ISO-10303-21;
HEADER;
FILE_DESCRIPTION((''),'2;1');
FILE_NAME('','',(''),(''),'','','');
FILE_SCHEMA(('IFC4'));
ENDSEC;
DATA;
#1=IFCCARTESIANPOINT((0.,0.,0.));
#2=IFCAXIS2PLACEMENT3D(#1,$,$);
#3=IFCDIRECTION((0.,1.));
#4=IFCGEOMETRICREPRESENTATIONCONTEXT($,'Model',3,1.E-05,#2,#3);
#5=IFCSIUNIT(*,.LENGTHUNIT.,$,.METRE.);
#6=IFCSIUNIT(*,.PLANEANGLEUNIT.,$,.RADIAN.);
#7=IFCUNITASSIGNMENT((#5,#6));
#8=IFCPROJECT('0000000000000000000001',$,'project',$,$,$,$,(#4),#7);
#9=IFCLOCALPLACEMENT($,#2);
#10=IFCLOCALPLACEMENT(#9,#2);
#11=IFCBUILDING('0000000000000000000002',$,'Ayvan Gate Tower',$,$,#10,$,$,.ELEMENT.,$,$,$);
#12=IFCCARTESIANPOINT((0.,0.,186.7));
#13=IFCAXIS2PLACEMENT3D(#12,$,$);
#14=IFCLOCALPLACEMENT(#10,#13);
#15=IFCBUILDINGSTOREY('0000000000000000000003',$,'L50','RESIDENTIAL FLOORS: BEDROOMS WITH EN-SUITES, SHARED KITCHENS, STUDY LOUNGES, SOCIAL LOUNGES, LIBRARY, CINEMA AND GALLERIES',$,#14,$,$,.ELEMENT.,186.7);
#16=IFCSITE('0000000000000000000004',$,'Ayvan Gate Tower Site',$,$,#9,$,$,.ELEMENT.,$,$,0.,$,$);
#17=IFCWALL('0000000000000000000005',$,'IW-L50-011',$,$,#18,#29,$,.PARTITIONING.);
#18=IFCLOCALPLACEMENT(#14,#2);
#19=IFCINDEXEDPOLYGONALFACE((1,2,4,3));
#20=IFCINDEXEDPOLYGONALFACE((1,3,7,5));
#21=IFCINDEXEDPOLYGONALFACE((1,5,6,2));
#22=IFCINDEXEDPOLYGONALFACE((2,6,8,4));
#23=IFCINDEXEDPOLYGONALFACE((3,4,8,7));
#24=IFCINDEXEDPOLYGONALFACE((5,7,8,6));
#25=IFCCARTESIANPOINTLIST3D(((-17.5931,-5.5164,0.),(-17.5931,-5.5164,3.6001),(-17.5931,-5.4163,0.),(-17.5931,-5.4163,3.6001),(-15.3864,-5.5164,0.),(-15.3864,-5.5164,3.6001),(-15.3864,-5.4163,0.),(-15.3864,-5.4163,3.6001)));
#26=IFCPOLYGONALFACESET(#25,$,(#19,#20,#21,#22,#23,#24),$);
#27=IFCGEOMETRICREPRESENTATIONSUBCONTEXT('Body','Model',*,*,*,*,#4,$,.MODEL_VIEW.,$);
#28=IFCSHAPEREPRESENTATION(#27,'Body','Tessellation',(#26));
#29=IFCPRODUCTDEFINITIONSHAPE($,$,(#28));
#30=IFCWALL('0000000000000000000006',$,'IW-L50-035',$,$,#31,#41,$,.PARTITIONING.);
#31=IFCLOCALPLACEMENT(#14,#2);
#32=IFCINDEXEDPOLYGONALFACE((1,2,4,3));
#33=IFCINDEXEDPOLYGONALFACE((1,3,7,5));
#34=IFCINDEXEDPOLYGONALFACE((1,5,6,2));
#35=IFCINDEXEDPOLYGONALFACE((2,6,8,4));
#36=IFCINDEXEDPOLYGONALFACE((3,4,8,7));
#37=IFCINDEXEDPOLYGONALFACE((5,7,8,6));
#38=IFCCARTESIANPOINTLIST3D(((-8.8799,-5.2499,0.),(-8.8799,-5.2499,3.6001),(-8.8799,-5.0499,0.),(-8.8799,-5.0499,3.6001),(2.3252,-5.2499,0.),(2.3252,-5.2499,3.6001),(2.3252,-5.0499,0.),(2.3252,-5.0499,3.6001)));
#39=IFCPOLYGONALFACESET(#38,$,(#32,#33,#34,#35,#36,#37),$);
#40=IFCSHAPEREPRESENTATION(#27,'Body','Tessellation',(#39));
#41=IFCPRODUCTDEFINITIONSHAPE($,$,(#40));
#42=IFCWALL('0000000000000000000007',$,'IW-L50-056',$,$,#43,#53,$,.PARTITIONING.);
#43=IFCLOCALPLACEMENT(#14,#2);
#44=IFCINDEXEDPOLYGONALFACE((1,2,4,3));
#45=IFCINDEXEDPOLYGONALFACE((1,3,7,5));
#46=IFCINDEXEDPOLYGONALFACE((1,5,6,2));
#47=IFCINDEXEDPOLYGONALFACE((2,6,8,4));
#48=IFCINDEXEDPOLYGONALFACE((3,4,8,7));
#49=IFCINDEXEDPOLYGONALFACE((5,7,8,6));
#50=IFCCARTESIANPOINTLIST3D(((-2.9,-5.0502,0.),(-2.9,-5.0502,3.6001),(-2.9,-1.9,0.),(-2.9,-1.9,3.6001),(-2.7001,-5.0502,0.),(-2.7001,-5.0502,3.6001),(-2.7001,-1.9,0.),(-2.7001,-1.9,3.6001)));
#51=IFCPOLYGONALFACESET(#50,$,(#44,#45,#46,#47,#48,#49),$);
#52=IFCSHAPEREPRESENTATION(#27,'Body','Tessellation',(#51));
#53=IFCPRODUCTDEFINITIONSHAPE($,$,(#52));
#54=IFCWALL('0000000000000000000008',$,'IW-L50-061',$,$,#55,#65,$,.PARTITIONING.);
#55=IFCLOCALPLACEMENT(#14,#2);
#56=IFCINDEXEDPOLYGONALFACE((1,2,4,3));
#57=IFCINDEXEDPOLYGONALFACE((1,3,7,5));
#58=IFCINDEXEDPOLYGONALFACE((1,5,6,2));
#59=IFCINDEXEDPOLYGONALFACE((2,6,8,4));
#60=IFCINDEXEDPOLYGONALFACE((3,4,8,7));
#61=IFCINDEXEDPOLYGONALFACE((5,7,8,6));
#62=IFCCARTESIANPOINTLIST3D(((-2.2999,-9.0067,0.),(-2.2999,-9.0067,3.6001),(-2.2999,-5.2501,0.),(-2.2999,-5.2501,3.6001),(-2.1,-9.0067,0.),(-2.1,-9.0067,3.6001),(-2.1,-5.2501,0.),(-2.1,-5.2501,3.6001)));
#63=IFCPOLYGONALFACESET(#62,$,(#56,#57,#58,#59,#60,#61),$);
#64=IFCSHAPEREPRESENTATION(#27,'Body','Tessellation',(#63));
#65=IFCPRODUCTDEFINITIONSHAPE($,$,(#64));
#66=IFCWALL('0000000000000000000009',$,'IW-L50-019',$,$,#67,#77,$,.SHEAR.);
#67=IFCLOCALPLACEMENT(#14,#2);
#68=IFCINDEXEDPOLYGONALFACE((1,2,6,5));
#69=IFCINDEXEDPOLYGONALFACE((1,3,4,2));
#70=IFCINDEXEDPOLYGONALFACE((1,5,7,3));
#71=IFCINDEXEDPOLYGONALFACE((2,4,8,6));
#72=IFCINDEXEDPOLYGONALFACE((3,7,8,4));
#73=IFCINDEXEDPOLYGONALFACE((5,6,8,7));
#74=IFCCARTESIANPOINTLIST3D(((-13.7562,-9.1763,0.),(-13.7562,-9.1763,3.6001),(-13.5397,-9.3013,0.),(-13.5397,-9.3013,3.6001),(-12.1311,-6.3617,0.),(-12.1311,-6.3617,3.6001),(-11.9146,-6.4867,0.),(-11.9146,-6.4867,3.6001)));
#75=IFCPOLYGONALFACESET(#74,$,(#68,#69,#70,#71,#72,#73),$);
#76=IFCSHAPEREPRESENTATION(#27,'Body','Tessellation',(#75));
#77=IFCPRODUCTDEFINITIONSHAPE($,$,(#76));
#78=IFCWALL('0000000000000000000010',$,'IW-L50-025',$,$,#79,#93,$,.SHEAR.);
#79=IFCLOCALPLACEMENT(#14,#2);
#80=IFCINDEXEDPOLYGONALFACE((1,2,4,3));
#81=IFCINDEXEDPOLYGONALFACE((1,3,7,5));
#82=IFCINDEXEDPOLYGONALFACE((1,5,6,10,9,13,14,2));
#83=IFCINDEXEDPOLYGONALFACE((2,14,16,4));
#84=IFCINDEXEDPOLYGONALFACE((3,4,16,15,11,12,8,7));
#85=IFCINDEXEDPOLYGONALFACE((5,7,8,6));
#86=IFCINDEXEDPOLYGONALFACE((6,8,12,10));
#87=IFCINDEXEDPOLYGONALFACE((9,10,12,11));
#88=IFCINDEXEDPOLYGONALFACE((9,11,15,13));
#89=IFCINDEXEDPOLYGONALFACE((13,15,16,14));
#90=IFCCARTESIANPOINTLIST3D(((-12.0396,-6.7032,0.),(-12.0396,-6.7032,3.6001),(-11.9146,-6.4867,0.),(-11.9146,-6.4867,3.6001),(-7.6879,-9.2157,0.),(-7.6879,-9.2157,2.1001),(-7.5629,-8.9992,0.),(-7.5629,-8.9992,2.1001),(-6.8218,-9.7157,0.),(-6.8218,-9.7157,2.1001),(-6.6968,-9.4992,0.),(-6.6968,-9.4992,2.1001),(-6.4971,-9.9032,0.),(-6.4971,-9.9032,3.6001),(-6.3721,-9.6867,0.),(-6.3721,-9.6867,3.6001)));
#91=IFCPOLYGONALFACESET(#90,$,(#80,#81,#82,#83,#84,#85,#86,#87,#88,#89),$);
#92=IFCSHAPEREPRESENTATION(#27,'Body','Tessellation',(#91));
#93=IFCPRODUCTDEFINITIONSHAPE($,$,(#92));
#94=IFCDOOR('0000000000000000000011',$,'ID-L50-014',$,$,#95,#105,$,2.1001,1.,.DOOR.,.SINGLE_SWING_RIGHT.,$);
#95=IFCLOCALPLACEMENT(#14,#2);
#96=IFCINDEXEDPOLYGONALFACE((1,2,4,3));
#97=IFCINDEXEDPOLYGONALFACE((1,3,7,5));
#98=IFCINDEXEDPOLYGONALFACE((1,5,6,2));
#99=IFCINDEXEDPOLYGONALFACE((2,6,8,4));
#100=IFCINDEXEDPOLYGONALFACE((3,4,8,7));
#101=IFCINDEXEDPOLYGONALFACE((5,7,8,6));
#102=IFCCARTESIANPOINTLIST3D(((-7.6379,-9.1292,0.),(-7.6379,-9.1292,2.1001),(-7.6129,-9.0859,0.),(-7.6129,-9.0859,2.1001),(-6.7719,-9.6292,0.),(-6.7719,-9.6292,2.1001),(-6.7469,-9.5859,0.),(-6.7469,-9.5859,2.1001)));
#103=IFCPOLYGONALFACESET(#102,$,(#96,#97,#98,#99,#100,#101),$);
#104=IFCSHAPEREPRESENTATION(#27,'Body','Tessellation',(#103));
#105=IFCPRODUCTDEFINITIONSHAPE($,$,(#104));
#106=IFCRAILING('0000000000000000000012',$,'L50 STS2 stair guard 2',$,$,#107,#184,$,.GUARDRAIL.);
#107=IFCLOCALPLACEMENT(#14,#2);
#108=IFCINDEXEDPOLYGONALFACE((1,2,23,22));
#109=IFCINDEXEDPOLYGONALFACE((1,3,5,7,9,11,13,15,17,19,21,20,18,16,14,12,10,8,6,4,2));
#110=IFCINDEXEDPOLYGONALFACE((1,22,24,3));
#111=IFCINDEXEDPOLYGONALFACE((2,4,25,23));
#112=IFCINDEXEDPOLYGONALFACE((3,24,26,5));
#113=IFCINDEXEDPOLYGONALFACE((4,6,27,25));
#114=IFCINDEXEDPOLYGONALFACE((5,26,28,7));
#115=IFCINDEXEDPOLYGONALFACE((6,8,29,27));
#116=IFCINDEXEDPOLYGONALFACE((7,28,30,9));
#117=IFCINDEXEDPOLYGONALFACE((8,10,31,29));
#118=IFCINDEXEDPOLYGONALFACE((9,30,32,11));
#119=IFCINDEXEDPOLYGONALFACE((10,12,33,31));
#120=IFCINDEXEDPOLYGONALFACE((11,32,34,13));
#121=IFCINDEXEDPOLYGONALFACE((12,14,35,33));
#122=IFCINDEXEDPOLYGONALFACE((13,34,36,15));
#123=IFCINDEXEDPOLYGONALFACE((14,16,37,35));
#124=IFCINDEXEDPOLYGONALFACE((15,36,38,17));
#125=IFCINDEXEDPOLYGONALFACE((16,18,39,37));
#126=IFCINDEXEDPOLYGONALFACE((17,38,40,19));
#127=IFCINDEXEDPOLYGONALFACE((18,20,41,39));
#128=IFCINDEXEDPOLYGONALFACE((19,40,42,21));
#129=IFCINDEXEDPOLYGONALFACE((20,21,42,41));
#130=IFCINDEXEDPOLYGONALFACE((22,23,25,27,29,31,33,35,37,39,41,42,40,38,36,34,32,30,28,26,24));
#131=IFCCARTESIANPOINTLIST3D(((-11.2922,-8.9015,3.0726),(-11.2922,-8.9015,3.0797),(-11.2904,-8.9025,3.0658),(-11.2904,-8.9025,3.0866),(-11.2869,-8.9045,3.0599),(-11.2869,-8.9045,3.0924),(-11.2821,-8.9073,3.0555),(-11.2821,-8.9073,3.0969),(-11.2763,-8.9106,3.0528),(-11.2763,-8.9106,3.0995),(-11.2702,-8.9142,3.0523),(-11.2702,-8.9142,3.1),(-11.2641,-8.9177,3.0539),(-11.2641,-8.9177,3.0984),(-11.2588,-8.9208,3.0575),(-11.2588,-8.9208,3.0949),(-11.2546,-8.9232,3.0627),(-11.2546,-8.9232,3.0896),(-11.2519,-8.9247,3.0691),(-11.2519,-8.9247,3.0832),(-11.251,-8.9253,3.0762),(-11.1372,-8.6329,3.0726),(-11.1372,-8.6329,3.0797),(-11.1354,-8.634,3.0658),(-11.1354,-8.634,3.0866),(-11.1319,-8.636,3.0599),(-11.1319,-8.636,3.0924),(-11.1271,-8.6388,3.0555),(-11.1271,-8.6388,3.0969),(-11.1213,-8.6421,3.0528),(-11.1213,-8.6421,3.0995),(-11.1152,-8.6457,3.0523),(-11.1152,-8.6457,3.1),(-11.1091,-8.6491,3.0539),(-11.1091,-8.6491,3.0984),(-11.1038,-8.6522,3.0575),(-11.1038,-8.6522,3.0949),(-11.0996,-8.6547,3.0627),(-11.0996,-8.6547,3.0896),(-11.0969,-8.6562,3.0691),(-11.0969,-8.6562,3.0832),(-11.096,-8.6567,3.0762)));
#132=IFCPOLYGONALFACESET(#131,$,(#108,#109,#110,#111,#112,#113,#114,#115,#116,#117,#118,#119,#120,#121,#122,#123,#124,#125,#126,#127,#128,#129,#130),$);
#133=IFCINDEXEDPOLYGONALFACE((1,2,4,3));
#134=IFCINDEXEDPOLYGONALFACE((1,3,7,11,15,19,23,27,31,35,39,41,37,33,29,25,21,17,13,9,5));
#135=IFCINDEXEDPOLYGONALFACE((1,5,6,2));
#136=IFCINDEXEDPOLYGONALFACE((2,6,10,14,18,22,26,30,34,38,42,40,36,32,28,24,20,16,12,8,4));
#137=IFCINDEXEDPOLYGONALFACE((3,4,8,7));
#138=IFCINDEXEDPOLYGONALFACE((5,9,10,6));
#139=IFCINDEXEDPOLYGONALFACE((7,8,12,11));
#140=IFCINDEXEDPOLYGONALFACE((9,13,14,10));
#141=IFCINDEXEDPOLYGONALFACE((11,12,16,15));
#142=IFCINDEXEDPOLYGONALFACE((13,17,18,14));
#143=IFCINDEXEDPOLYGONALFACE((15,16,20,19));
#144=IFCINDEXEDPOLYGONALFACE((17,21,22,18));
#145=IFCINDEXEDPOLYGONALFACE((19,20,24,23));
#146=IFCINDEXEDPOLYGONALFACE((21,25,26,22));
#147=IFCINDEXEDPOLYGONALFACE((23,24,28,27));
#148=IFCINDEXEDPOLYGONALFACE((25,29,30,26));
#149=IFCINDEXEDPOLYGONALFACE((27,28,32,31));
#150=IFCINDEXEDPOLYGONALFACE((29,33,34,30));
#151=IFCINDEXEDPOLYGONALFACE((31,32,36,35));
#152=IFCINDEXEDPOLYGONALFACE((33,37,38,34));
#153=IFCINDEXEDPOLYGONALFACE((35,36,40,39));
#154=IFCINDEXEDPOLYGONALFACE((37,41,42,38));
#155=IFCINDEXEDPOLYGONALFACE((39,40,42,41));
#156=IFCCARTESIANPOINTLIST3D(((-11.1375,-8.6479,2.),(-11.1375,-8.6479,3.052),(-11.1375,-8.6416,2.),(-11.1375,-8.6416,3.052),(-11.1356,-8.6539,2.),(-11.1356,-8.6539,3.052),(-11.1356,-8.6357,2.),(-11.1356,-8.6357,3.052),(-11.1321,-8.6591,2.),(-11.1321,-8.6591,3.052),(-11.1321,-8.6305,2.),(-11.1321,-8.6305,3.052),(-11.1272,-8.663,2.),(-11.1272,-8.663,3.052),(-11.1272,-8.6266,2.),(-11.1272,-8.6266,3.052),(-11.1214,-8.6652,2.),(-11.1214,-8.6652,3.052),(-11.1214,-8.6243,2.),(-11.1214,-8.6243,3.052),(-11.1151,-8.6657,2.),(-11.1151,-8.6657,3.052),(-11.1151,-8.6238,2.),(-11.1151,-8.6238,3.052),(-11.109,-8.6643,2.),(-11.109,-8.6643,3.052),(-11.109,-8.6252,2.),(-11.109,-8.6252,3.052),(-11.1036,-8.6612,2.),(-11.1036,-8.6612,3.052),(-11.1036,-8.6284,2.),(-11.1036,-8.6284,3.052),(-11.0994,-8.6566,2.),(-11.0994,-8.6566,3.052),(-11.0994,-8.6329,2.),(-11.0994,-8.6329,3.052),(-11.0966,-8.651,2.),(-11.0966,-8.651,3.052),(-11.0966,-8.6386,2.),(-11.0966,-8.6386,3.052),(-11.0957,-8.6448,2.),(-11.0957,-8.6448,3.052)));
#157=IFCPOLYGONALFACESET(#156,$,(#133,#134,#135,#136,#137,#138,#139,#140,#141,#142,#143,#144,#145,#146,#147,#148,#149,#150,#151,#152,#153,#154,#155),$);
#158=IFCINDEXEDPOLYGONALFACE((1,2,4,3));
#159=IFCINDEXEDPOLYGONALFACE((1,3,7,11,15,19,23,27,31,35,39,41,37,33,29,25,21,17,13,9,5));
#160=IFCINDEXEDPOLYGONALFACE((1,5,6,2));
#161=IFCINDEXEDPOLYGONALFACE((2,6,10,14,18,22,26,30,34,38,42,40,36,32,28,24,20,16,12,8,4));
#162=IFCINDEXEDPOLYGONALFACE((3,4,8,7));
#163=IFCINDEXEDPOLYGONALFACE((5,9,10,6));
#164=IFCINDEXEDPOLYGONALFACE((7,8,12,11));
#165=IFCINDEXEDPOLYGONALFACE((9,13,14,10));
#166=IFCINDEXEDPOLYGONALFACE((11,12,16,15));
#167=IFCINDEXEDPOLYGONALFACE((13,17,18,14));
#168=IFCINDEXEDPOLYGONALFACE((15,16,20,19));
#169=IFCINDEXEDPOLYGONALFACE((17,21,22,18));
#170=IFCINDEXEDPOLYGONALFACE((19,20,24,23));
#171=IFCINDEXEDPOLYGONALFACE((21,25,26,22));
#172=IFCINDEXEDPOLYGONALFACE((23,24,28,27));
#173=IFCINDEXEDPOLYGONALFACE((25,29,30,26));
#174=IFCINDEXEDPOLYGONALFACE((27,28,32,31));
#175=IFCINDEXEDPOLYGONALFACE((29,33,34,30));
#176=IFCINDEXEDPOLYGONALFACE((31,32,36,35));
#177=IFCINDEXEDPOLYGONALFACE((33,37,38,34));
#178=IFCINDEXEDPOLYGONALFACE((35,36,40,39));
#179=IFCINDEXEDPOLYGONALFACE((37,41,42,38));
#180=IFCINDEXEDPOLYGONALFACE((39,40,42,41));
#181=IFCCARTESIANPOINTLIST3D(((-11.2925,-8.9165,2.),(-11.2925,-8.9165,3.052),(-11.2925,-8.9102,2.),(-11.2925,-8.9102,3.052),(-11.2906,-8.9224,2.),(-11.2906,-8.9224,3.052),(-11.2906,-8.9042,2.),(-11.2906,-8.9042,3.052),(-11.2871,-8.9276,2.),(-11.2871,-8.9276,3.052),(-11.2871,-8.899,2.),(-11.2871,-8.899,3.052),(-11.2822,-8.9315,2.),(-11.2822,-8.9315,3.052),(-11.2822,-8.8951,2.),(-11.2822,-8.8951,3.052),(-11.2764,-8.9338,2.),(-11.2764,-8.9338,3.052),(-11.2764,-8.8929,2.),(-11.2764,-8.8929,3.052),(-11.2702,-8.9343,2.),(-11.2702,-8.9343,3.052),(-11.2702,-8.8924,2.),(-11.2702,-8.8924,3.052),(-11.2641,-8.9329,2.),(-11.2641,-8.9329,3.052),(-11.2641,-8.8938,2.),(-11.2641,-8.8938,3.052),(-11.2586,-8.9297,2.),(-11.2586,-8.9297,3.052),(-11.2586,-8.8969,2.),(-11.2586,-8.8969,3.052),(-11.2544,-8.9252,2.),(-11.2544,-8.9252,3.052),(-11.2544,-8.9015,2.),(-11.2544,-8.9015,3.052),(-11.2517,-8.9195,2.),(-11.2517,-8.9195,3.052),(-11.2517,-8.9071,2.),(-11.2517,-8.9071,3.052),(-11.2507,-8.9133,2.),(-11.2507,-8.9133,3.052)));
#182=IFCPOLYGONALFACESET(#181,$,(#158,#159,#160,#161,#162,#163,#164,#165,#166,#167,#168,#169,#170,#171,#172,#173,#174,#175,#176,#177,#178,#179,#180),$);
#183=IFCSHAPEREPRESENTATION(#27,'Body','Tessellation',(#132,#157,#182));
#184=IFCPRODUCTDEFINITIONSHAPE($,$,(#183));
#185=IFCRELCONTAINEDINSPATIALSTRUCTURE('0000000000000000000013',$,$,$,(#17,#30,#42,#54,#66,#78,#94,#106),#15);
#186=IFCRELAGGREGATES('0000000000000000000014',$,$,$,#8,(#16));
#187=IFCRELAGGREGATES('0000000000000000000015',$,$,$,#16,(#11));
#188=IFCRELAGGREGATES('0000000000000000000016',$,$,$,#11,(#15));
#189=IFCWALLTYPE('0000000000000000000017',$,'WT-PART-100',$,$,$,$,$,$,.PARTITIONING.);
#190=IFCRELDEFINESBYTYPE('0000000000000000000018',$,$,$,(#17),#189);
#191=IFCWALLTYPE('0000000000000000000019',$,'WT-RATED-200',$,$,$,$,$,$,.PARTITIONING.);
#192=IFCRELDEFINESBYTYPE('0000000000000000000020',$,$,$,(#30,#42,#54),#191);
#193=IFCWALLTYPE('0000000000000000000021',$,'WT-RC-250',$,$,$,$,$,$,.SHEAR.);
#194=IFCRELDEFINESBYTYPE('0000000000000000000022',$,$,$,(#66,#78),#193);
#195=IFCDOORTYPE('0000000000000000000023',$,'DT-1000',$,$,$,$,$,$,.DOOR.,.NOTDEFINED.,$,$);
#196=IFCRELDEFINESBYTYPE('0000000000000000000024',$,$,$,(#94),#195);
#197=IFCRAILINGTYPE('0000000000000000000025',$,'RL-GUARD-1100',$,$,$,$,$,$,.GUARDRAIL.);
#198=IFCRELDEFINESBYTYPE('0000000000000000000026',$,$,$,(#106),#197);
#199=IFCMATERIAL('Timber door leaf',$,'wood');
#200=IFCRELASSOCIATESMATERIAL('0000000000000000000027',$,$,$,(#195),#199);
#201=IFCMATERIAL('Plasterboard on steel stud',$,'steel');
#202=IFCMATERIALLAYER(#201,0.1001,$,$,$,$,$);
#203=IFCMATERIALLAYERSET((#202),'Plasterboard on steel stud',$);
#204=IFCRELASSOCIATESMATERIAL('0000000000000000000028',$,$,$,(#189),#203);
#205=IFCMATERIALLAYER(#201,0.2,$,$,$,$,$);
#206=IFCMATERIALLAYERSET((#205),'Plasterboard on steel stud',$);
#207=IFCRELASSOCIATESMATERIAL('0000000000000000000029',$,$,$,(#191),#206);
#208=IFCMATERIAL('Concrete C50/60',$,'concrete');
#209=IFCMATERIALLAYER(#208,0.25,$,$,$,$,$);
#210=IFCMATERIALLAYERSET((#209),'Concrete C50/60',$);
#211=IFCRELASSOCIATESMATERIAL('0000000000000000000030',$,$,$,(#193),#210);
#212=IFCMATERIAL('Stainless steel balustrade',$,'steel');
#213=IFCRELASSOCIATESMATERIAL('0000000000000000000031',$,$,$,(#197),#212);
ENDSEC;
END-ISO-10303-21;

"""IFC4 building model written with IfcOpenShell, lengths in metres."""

from ifc_helpers import new_model, si_unit, direction, frame, frame_2d, origin, origin_2d, place, context, subcontext, project, spatial, rectangle, circle, extrude, material, layer, layer_set, type_object, element, fill, save


model = new_model("IFC4")

# Units and contexts
model_context = context("Model", 3, precision=1e-05, world=origin(), true_north=direction((0.0, 1.0)))
body_context = subcontext(model_context, "Body", "Model", "MODEL_VIEW")
ifc_project = project(units=[si_unit("LENGTHUNIT", "METRE"), si_unit("PLANEANGLEUNIT", "RADIAN")], contexts=[model_context])

# Site, building, storey
site_placement = place(None, origin())
site = spatial("IfcSite", under=ifc_project, at=site_placement, Name="Ayvan Gate Tower Site", CompositionType="ELEMENT", RefElevation=0.0)
building_placement = place(site_placement, origin())
building = spatial("IfcBuilding", under=site, at=building_placement, Name="Ayvan Gate Tower", CompositionType="ELEMENT")
storey_placement = place(building_placement, frame((0.0, 0.0, 186.7)))
storey = spatial("IfcBuildingStorey", under=building, at=storey_placement, Name="L50", Description="RESIDENTIAL FLOORS: BEDROOMS WITH EN-SUITES, SHARED KITCHENS, STUDY LOUNGES, SOCIAL LOUNGES, LIBRARY, CINEMA AND GALLERIES", CompositionType="ELEMENT", Elevation=186.7)

# Shared definitions
ifc_material_1 = material(Name="Timber door leaf", Category="wood")

# Shared definitions
ifc_material_2 = material(Name="Plasterboard on steel stud", Category="steel")

# Shared definitions
door_type_1 = type_object("IfcDoorType", Name="DT-1000", OperationType="NOTDEFINED", PredefinedType="DOOR", material=ifc_material_1)

# Walls
ifc_layer_1 = layer(ifc_material_2, 0.1001)
ifc_layer_set_1 = layer_set([ifc_layer_1], Name="Plasterboard on steel stud")
wall_type_1 = type_object("IfcWallType", Name="WT-PART-100", PredefinedType="PARTITIONING", material=ifc_layer_set_1)
wall_1_placement = place(storey_placement, frame((-15.3862, -5.4663, 0.0), z_axis=(0.0, 0.0, 1.0), x_axis=(-1.0, 0.0, 0.0)))
element("IfcWall", 1, at=wall_1_placement, inside=storey, type_object=wall_type_1, Name="IW-L50-011", PredefinedType="PARTITIONING", context=body_context, shape_type="SweptSolid", body=[
    extrude(rectangle(XDim=2.2068, YDim=0.1001, at=frame_2d((1.1035, 0.0))), origin(), (0.0, 0.0, 1.0), 3.6001),
])
ifc_layer_2 = layer(ifc_material_2, 0.2)
ifc_layer_set_2 = layer_set([ifc_layer_2], Name="Plasterboard on steel stud")
wall_type_2 = type_object("IfcWallType", Name="WT-RATED-200", PredefinedType="PARTITIONING", material=ifc_layer_set_2)
wall_2_placement = place(storey_placement, frame((-8.8799, -5.1499, 0.0), z_axis=(0.0, 0.0, 1.0), x_axis=(1.0, 0.0, 0.0)))
element("IfcWall", 2, at=wall_2_placement, inside=storey, type_object=wall_type_2, Name="IW-L50-035", PredefinedType="PARTITIONING", context=body_context, shape_type="SweptSolid", body=[
    extrude(rectangle(XDim=11.2051, YDim=0.2, at=frame_2d((5.6025, 0.0))), origin(), (0.0, 0.0, 1.0), 3.6001),
])
wall_3_placement = place(storey_placement, frame((-2.8, -1.8999, 0.0), z_axis=(0.0, 0.0, 1.0), x_axis=(0.0, -1.0, 0.0)))
element("IfcWall", 3, at=wall_3_placement, inside=storey, type_object=wall_type_2, Name="IW-L50-056", PredefinedType="PARTITIONING", context=body_context, shape_type="SweptSolid", body=[
    extrude(rectangle(XDim=3.1501, YDim=0.2, at=frame_2d((1.5752, 0.0))), origin(), (0.0, 0.0, 1.0), 3.6001),
])
wall_4_placement = place(storey_placement, frame((-2.2, -5.25, 0.0), z_axis=(0.0, 0.0, 1.0), x_axis=(0.0, -1.0, 0.0)))
element("IfcWall", 4, at=wall_4_placement, inside=storey, type_object=wall_type_2, Name="IW-L50-061", PredefinedType="PARTITIONING", context=body_context, shape_type="SweptSolid", body=[
    extrude(rectangle(XDim=3.7566, YDim=0.2, at=frame_2d((1.8784, 0.0))), origin(), (0.0, 0.0, 1.0), 3.6001),
])
ifc_material_3 = material(Name="Concrete C50/60", Category="concrete")
ifc_layer_3 = layer(ifc_material_3, 0.25)
ifc_layer_set_3 = layer_set([ifc_layer_3], Name="Concrete C50/60")
wall_type_3 = type_object("IfcWallType", Name="WT-RC-250", PredefinedType="SHEAR", material=ifc_layer_set_3)
wall_5_placement = place(storey_placement, frame((-13.6479, -9.2388, 0.0), z_axis=(0.0, 0.0, 1.0), x_axis=(0.500017, 0.866015, 0.0)))
element("IfcWall", 5, at=wall_5_placement, inside=storey, type_object=wall_type_3, Name="IW-L50-019", PredefinedType="SHEAR", context=body_context, shape_type="SweptSolid", body=[
    extrude(rectangle(XDim=3.25, YDim=0.25, at=frame_2d((1.625, 0.0))), origin(), (0.0, 0.0, 1.0), 3.6001),
])

# Wall, opening, door
wall_6_placement = place(storey_placement, frame((-11.9771, -6.595, 0.0), z_axis=(0.0, 0.0, 1.0), x_axis=(0.866025, -0.5, 0.0)))
wall_6 = element("IfcWall", 6, at=wall_6_placement, inside=storey, type_object=wall_type_3, Name="IW-L50-025", PredefinedType="SHEAR", context=body_context, shape_type="SweptSolid", body=[
    extrude(rectangle(XDim=6.3999, YDim=0.25, at=frame_2d((3.2, 0.0))), origin(), (0.0, 0.0, 1.0), 3.6001),
])
opening_1_placement = place(wall_6_placement, frame((5.0249, 0.0, 0.0)))
opening_1 = element("IfcOpeningElement", 7, at=opening_1_placement, cuts=wall_6, PredefinedType="OPENING", context=body_context, shape_type="SweptSolid", body=[
    extrude(rectangle(XDim=1.0, YDim=2.1001, at=frame_2d((0.5, 1.05))), frame((0.0, 0.135, 0.0), z_axis=(0.0, -1.0, 0.0), x_axis=(1.0, 0.0, 0.0)), (0.0, 0.0, 1.0), 0.27),
])
door_1_placement = place(opening_1_placement, origin())
door_1 = element("IfcDoor", 8, at=door_1_placement, inside=storey, type_object=door_type_1, Name="ID-L50-014", OperationType="SINGLE_SWING_RIGHT", OverallHeight=2.1001, OverallWidth=1.0, PredefinedType="DOOR", context=body_context, shape_type="SweptSolid", body=[
    extrude(rectangle(XDim=1.0, YDim=2.1001, at=frame_2d((0.5, 1.05))), frame((0.0, 0.0249, 0.0), z_axis=(0.0, -1.0, 0.0), x_axis=(1.0, 0.0, 0.0)), (0.0, 0.0, 1.0), 0.05),
])
fill(opening_1, door_1)

# Railing
ifc_material_4 = material(Name="Stainless steel balustrade", Category="steel")
railing_type_1 = type_object("IfcRailingType", Name="RL-GUARD-1100", PredefinedType="GUARDRAIL", material=ifc_material_4)
railing_1_placement = place(storey_placement, frame((-11.1167, -8.6448, 2.0)))
element("IfcRailing", 9, at=railing_1_placement, inside=storey, type_object=railing_type_1, Name="L50 STS2 stair guard 2", PredefinedType="GUARDRAIL", context=body_context, shape_type="SweptSolid", body=[
    extrude(circle(Radius=0.0239, at=origin_2d()), frame((0.0, 0.0, 1.0762), z_axis=(-0.49995, -0.866054, 0.0), x_axis=(0.866054, -0.49995, 0.0)), (0.0, 0.0, 1.0), 0.3101),
    extrude(circle(Radius=0.021, at=origin_2d()), origin(), (0.0, 0.0, 1.0), 1.052),
    extrude(circle(Radius=0.021, at=origin_2d()), frame((-0.155, -0.2686, 0.0)), (0.0, 0.0, 1.0), 1.052),
])

save(model, "model.ifc")
